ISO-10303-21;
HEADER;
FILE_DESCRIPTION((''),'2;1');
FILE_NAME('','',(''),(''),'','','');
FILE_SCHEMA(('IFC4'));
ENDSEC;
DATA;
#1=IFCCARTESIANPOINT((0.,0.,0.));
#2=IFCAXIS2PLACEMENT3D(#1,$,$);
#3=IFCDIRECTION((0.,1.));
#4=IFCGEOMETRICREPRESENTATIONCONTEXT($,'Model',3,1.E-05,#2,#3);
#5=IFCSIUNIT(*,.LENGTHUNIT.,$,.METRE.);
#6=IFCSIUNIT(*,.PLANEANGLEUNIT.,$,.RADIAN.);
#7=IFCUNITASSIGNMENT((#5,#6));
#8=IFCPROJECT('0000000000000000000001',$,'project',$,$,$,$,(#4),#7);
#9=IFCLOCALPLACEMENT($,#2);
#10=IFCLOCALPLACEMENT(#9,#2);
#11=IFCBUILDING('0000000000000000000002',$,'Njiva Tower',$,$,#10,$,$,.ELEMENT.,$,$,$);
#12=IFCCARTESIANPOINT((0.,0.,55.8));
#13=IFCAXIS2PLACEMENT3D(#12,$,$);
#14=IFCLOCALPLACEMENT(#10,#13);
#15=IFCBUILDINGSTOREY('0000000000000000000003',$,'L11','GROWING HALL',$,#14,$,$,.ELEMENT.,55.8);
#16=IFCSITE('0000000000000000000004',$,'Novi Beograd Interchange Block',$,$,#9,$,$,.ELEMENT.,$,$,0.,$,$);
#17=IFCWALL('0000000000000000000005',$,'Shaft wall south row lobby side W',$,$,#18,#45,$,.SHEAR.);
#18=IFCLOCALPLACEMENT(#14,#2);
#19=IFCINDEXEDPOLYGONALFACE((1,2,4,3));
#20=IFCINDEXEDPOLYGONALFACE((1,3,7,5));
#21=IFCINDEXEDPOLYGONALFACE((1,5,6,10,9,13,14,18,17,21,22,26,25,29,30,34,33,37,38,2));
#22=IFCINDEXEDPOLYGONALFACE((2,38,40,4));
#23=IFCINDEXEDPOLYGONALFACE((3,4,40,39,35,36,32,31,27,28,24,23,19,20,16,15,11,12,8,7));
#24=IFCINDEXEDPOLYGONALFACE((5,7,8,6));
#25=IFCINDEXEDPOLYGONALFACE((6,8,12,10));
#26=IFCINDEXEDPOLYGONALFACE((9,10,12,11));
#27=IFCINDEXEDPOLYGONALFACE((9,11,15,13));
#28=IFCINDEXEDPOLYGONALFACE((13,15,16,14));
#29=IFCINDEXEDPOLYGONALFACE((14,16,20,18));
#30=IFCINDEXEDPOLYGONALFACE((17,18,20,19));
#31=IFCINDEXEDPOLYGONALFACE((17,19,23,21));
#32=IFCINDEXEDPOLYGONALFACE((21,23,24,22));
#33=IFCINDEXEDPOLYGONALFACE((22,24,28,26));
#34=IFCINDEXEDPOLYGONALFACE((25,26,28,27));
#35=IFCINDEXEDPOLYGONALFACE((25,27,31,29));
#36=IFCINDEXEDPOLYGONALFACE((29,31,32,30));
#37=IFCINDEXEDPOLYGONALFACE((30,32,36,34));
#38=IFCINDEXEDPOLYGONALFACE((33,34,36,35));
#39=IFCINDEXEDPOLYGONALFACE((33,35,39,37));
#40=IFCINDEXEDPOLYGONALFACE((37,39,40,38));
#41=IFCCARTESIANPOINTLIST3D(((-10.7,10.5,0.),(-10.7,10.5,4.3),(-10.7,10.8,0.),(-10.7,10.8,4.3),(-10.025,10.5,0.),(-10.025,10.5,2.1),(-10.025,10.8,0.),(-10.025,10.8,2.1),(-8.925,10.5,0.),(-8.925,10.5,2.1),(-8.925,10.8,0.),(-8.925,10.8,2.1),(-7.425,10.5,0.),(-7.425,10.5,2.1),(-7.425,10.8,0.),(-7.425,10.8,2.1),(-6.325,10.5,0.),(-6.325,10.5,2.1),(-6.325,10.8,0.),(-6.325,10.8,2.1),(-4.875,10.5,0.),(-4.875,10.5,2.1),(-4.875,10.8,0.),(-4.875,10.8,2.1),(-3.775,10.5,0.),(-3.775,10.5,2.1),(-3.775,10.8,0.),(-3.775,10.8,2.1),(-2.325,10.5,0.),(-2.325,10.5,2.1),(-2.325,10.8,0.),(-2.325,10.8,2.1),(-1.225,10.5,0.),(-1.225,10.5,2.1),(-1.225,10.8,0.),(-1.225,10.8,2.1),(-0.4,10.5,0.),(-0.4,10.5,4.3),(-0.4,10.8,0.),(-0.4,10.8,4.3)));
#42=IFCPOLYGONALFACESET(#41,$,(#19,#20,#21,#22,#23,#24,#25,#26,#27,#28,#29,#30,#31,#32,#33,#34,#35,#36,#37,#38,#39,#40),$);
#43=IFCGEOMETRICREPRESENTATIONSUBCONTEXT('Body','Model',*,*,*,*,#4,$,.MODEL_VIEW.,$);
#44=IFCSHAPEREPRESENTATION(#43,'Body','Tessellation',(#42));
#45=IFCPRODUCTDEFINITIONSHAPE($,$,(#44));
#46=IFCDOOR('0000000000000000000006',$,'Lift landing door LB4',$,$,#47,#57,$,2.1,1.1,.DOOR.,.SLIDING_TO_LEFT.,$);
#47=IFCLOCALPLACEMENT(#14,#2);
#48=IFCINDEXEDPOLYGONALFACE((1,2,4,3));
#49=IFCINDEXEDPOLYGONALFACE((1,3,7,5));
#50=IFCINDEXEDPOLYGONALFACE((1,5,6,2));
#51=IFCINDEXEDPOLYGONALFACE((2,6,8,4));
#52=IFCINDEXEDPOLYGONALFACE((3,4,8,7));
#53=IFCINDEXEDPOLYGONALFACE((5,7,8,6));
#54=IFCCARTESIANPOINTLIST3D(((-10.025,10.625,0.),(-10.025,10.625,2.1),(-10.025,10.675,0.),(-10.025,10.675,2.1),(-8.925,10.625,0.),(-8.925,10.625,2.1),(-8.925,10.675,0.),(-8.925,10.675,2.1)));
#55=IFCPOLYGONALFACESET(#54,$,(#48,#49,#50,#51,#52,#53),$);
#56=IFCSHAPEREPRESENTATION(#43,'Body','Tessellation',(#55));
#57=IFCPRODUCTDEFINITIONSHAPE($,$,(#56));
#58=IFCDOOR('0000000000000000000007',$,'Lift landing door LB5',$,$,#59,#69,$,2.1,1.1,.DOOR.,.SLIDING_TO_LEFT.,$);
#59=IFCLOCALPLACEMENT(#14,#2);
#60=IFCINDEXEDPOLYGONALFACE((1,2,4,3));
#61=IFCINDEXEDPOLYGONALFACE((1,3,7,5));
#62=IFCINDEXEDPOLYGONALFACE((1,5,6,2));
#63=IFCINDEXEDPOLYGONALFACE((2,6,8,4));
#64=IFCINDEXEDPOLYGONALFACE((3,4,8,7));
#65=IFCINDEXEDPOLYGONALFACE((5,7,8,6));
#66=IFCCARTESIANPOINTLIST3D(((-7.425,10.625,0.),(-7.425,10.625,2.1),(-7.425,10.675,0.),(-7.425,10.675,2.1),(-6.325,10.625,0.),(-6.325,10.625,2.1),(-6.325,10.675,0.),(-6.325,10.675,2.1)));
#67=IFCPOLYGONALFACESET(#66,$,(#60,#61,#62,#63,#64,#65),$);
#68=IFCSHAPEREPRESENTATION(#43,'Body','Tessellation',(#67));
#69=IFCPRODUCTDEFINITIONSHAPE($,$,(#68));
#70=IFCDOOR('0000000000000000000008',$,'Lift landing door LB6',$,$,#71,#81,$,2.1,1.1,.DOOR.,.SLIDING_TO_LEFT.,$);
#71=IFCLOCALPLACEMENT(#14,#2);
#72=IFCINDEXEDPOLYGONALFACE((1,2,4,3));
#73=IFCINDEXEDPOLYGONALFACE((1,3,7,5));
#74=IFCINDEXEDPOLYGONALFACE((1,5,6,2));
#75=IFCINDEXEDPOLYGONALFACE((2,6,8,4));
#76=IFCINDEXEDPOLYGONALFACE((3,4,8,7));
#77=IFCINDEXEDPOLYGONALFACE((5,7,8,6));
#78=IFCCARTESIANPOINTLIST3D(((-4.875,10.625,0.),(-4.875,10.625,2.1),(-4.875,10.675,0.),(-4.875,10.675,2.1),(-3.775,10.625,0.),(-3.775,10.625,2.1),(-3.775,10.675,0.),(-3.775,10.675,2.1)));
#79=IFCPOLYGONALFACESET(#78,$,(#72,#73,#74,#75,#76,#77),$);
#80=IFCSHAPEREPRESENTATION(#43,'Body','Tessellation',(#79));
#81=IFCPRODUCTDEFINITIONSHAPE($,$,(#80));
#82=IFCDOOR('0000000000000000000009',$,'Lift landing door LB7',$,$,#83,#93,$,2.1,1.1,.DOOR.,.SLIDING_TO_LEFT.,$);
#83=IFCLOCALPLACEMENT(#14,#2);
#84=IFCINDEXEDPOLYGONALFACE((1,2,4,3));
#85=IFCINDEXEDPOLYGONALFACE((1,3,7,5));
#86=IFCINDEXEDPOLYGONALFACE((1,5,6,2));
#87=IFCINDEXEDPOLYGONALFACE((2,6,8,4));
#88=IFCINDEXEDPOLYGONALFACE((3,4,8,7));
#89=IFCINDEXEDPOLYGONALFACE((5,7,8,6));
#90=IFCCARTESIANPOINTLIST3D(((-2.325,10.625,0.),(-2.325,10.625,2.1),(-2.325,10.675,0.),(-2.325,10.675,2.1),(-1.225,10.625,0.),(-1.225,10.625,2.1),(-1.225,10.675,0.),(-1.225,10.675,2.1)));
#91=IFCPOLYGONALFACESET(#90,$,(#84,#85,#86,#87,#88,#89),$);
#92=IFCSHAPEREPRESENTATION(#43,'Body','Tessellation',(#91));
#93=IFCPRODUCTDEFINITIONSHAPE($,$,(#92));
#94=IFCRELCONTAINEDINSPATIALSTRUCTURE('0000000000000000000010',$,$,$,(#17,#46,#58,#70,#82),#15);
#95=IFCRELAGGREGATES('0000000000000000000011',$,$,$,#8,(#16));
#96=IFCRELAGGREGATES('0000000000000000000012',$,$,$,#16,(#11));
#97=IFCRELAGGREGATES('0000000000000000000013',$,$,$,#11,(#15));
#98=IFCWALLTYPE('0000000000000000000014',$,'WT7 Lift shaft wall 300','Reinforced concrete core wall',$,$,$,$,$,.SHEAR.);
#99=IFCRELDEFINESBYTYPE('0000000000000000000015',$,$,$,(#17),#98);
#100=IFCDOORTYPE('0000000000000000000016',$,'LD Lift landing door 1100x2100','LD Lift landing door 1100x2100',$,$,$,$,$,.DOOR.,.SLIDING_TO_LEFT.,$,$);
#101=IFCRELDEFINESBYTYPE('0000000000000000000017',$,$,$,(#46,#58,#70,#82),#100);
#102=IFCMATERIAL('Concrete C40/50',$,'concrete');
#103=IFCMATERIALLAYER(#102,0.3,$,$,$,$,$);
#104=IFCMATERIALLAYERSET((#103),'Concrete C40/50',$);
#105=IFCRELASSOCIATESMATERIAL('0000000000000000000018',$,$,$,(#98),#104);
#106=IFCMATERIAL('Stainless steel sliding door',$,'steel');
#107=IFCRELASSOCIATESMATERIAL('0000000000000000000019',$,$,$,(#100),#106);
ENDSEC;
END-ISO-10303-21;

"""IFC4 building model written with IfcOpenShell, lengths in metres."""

from ifc_helpers import new_model, si_unit, direction, frame, frame_2d, origin, place, context, subcontext, project, spatial, rectangle, extrude, material, layer, layer_set, type_object, element, fill, save


model = new_model("IFC4")

# Units and contexts
model_context = context("Model", 3, precision=1e-05, world=origin(), true_north=direction((0.0, 1.0)))
body_context = subcontext(model_context, "Body", "Model", "MODEL_VIEW")
ifc_project = project(units=[si_unit("LENGTHUNIT", "METRE"), si_unit("PLANEANGLEUNIT", "RADIAN")], contexts=[model_context])

# Site, building, storey
site_placement = place(None, origin())
site = spatial("IfcSite", under=ifc_project, at=site_placement, Name="Novi Beograd Interchange Block", CompositionType="ELEMENT", RefElevation=0.0)
building_placement = place(site_placement, origin())
building = spatial("IfcBuilding", under=site, at=building_placement, Name="Njiva Tower", CompositionType="ELEMENT")
storey_placement = place(building_placement, frame((0.0, 0.0, 55.8)))
storey = spatial("IfcBuildingStorey", under=building, at=storey_placement, Name="L11", Description="GROWING HALL", CompositionType="ELEMENT", Elevation=55.8)

# Shared definitions
ifc_material_1 = material(Name="Concrete C40/50", Category="concrete")

# Wall, openings, doors
ifc_layer_1 = layer(ifc_material_1, 0.3)
ifc_layer_set_1 = layer_set([ifc_layer_1], Name="Concrete C40/50")
wall_type_1 = type_object("IfcWallType", Name="WT7 Lift shaft wall 300", Description="Reinforced concrete core wall", PredefinedType="SHEAR", material=ifc_layer_set_1)
ifc_material_2 = material(Name="Stainless steel sliding door", Category="steel")
door_type_1 = type_object("IfcDoorType", Name="LD Lift landing door 1100x2100", Description="LD Lift landing door 1100x2100", OperationType="SLIDING_TO_LEFT", PredefinedType="DOOR", material=ifc_material_2)
wall_1_placement = place(storey_placement, frame((-10.7, 10.65, 0.0), z_axis=(0.0, 0.0, 1.0), x_axis=(1.0, 0.0, 0.0)))
wall_1 = element("IfcWall", 1, at=wall_1_placement, inside=storey, type_object=wall_type_1, Name="Shaft wall south row lobby side W", PredefinedType="SHEAR", context=body_context, shape_type="SweptSolid", body=[
    extrude(rectangle(XDim=10.3, YDim=0.3, at=frame_2d((5.15, 0.0))), origin(), (0.0, 0.0, 1.0), 4.3),
])
opening_1_placement = place(wall_1_placement, frame((0.675, 0.0, 0.0)))
opening_1 = element("IfcOpeningElement", 2, at=opening_1_placement, cuts=wall_1, PredefinedType="OPENING", context=body_context, shape_type="SweptSolid", body=[
    extrude(rectangle(XDim=1.1, YDim=2.1, at=frame_2d((0.55, 1.05))), frame((0.0, 0.16, 0.0), z_axis=(0.0, -1.0, 0.0), x_axis=(1.0, 0.0, 0.0)), (0.0, 0.0, 1.0), 0.32),
])
opening_2_placement = place(wall_1_placement, frame((3.275, 0.0, 0.0)))
opening_2 = element("IfcOpeningElement", 3, at=opening_2_placement, cuts=wall_1, PredefinedType="OPENING", context=body_context, shape_type="SweptSolid", body=[
    extrude(rectangle(XDim=1.1, YDim=2.1, at=frame_2d((0.55, 1.05))), frame((0.0, 0.16, 0.0), z_axis=(0.0, -1.0, 0.0), x_axis=(1.0, 0.0, 0.0)), (0.0, 0.0, 1.0), 0.32),
])
opening_3_placement = place(wall_1_placement, frame((5.825, 0.0, 0.0)))
opening_3 = element("IfcOpeningElement", 4, at=opening_3_placement, cuts=wall_1, PredefinedType="OPENING", context=body_context, shape_type="SweptSolid", body=[
    extrude(rectangle(XDim=1.1, YDim=2.1, at=frame_2d((0.55, 1.05))), frame((0.0, 0.16, 0.0), z_axis=(0.0, -1.0, 0.0), x_axis=(1.0, 0.0, 0.0)), (0.0, 0.0, 1.0), 0.32),
])
opening_4_placement = place(wall_1_placement, frame((8.375, 0.0, 0.0)))
opening_4 = element("IfcOpeningElement", 5, at=opening_4_placement, cuts=wall_1, PredefinedType="OPENING", context=body_context, shape_type="SweptSolid", body=[
    extrude(rectangle(XDim=1.1, YDim=2.1, at=frame_2d((0.55, 1.05))), frame((0.0, 0.16, 0.0), z_axis=(0.0, -1.0, 0.0), x_axis=(1.0, 0.0, 0.0)), (0.0, 0.0, 1.0), 0.32),
])
door_1_placement = place(opening_1_placement, origin())
door_1 = element("IfcDoor", 6, at=door_1_placement, inside=storey, type_object=door_type_1, Name="Lift landing door LB4", OperationType="SLIDING_TO_LEFT", OverallHeight=2.1, OverallWidth=1.1, PredefinedType="DOOR", context=body_context, shape_type="SweptSolid", body=[
    extrude(rectangle(XDim=1.1, YDim=2.1, at=frame_2d((0.55, 1.05))), frame((0.0, 0.025, 0.0), z_axis=(0.0, -1.0, 0.0), x_axis=(1.0, 0.0, 0.0)), (0.0, 0.0, 1.0), 0.05),
])
fill(opening_1, door_1)
door_2_placement = place(opening_2_placement, origin())
door_2 = element("IfcDoor", 7, at=door_2_placement, inside=storey, type_object=door_type_1, Name="Lift landing door LB5", OperationType="SLIDING_TO_LEFT", OverallHeight=2.1, OverallWidth=1.1, PredefinedType="DOOR", context=body_context, shape_type="SweptSolid", body=[
    extrude(rectangle(XDim=1.1, YDim=2.1, at=frame_2d((0.55, 1.05))), frame((0.0, 0.025, 0.0), z_axis=(0.0, -1.0, 0.0), x_axis=(1.0, 0.0, 0.0)), (0.0, 0.0, 1.0), 0.05),
])
fill(opening_2, door_2)
door_3_placement = place(opening_3_placement, origin())
door_3 = element("IfcDoor", 8, at=door_3_placement, inside=storey, type_object=door_type_1, Name="Lift landing door LB6", OperationType="SLIDING_TO_LEFT", OverallHeight=2.1, OverallWidth=1.1, PredefinedType="DOOR", context=body_context, shape_type="SweptSolid", body=[
    extrude(rectangle(XDim=1.1, YDim=2.1, at=frame_2d((0.55, 1.05))), frame((0.0, 0.025, 0.0), z_axis=(0.0, -1.0, 0.0), x_axis=(1.0, 0.0, 0.0)), (0.0, 0.0, 1.0), 0.05),
])
fill(opening_3, door_3)
door_4_placement = place(opening_4_placement, origin())
door_4 = element("IfcDoor", 9, at=door_4_placement, inside=storey, type_object=door_type_1, Name="Lift landing door LB7", OperationType="SLIDING_TO_LEFT", OverallHeight=2.1, OverallWidth=1.1, PredefinedType="DOOR", context=body_context, shape_type="SweptSolid", body=[
    extrude(rectangle(XDim=1.1, YDim=2.1, at=frame_2d((0.55, 1.05))), frame((0.0, 0.025, 0.0), z_axis=(0.0, -1.0, 0.0), x_axis=(1.0, 0.0, 0.0)), (0.0, 0.0, 1.0), 0.05),
])
fill(opening_4, door_4)

save(model, "model.ifc")
